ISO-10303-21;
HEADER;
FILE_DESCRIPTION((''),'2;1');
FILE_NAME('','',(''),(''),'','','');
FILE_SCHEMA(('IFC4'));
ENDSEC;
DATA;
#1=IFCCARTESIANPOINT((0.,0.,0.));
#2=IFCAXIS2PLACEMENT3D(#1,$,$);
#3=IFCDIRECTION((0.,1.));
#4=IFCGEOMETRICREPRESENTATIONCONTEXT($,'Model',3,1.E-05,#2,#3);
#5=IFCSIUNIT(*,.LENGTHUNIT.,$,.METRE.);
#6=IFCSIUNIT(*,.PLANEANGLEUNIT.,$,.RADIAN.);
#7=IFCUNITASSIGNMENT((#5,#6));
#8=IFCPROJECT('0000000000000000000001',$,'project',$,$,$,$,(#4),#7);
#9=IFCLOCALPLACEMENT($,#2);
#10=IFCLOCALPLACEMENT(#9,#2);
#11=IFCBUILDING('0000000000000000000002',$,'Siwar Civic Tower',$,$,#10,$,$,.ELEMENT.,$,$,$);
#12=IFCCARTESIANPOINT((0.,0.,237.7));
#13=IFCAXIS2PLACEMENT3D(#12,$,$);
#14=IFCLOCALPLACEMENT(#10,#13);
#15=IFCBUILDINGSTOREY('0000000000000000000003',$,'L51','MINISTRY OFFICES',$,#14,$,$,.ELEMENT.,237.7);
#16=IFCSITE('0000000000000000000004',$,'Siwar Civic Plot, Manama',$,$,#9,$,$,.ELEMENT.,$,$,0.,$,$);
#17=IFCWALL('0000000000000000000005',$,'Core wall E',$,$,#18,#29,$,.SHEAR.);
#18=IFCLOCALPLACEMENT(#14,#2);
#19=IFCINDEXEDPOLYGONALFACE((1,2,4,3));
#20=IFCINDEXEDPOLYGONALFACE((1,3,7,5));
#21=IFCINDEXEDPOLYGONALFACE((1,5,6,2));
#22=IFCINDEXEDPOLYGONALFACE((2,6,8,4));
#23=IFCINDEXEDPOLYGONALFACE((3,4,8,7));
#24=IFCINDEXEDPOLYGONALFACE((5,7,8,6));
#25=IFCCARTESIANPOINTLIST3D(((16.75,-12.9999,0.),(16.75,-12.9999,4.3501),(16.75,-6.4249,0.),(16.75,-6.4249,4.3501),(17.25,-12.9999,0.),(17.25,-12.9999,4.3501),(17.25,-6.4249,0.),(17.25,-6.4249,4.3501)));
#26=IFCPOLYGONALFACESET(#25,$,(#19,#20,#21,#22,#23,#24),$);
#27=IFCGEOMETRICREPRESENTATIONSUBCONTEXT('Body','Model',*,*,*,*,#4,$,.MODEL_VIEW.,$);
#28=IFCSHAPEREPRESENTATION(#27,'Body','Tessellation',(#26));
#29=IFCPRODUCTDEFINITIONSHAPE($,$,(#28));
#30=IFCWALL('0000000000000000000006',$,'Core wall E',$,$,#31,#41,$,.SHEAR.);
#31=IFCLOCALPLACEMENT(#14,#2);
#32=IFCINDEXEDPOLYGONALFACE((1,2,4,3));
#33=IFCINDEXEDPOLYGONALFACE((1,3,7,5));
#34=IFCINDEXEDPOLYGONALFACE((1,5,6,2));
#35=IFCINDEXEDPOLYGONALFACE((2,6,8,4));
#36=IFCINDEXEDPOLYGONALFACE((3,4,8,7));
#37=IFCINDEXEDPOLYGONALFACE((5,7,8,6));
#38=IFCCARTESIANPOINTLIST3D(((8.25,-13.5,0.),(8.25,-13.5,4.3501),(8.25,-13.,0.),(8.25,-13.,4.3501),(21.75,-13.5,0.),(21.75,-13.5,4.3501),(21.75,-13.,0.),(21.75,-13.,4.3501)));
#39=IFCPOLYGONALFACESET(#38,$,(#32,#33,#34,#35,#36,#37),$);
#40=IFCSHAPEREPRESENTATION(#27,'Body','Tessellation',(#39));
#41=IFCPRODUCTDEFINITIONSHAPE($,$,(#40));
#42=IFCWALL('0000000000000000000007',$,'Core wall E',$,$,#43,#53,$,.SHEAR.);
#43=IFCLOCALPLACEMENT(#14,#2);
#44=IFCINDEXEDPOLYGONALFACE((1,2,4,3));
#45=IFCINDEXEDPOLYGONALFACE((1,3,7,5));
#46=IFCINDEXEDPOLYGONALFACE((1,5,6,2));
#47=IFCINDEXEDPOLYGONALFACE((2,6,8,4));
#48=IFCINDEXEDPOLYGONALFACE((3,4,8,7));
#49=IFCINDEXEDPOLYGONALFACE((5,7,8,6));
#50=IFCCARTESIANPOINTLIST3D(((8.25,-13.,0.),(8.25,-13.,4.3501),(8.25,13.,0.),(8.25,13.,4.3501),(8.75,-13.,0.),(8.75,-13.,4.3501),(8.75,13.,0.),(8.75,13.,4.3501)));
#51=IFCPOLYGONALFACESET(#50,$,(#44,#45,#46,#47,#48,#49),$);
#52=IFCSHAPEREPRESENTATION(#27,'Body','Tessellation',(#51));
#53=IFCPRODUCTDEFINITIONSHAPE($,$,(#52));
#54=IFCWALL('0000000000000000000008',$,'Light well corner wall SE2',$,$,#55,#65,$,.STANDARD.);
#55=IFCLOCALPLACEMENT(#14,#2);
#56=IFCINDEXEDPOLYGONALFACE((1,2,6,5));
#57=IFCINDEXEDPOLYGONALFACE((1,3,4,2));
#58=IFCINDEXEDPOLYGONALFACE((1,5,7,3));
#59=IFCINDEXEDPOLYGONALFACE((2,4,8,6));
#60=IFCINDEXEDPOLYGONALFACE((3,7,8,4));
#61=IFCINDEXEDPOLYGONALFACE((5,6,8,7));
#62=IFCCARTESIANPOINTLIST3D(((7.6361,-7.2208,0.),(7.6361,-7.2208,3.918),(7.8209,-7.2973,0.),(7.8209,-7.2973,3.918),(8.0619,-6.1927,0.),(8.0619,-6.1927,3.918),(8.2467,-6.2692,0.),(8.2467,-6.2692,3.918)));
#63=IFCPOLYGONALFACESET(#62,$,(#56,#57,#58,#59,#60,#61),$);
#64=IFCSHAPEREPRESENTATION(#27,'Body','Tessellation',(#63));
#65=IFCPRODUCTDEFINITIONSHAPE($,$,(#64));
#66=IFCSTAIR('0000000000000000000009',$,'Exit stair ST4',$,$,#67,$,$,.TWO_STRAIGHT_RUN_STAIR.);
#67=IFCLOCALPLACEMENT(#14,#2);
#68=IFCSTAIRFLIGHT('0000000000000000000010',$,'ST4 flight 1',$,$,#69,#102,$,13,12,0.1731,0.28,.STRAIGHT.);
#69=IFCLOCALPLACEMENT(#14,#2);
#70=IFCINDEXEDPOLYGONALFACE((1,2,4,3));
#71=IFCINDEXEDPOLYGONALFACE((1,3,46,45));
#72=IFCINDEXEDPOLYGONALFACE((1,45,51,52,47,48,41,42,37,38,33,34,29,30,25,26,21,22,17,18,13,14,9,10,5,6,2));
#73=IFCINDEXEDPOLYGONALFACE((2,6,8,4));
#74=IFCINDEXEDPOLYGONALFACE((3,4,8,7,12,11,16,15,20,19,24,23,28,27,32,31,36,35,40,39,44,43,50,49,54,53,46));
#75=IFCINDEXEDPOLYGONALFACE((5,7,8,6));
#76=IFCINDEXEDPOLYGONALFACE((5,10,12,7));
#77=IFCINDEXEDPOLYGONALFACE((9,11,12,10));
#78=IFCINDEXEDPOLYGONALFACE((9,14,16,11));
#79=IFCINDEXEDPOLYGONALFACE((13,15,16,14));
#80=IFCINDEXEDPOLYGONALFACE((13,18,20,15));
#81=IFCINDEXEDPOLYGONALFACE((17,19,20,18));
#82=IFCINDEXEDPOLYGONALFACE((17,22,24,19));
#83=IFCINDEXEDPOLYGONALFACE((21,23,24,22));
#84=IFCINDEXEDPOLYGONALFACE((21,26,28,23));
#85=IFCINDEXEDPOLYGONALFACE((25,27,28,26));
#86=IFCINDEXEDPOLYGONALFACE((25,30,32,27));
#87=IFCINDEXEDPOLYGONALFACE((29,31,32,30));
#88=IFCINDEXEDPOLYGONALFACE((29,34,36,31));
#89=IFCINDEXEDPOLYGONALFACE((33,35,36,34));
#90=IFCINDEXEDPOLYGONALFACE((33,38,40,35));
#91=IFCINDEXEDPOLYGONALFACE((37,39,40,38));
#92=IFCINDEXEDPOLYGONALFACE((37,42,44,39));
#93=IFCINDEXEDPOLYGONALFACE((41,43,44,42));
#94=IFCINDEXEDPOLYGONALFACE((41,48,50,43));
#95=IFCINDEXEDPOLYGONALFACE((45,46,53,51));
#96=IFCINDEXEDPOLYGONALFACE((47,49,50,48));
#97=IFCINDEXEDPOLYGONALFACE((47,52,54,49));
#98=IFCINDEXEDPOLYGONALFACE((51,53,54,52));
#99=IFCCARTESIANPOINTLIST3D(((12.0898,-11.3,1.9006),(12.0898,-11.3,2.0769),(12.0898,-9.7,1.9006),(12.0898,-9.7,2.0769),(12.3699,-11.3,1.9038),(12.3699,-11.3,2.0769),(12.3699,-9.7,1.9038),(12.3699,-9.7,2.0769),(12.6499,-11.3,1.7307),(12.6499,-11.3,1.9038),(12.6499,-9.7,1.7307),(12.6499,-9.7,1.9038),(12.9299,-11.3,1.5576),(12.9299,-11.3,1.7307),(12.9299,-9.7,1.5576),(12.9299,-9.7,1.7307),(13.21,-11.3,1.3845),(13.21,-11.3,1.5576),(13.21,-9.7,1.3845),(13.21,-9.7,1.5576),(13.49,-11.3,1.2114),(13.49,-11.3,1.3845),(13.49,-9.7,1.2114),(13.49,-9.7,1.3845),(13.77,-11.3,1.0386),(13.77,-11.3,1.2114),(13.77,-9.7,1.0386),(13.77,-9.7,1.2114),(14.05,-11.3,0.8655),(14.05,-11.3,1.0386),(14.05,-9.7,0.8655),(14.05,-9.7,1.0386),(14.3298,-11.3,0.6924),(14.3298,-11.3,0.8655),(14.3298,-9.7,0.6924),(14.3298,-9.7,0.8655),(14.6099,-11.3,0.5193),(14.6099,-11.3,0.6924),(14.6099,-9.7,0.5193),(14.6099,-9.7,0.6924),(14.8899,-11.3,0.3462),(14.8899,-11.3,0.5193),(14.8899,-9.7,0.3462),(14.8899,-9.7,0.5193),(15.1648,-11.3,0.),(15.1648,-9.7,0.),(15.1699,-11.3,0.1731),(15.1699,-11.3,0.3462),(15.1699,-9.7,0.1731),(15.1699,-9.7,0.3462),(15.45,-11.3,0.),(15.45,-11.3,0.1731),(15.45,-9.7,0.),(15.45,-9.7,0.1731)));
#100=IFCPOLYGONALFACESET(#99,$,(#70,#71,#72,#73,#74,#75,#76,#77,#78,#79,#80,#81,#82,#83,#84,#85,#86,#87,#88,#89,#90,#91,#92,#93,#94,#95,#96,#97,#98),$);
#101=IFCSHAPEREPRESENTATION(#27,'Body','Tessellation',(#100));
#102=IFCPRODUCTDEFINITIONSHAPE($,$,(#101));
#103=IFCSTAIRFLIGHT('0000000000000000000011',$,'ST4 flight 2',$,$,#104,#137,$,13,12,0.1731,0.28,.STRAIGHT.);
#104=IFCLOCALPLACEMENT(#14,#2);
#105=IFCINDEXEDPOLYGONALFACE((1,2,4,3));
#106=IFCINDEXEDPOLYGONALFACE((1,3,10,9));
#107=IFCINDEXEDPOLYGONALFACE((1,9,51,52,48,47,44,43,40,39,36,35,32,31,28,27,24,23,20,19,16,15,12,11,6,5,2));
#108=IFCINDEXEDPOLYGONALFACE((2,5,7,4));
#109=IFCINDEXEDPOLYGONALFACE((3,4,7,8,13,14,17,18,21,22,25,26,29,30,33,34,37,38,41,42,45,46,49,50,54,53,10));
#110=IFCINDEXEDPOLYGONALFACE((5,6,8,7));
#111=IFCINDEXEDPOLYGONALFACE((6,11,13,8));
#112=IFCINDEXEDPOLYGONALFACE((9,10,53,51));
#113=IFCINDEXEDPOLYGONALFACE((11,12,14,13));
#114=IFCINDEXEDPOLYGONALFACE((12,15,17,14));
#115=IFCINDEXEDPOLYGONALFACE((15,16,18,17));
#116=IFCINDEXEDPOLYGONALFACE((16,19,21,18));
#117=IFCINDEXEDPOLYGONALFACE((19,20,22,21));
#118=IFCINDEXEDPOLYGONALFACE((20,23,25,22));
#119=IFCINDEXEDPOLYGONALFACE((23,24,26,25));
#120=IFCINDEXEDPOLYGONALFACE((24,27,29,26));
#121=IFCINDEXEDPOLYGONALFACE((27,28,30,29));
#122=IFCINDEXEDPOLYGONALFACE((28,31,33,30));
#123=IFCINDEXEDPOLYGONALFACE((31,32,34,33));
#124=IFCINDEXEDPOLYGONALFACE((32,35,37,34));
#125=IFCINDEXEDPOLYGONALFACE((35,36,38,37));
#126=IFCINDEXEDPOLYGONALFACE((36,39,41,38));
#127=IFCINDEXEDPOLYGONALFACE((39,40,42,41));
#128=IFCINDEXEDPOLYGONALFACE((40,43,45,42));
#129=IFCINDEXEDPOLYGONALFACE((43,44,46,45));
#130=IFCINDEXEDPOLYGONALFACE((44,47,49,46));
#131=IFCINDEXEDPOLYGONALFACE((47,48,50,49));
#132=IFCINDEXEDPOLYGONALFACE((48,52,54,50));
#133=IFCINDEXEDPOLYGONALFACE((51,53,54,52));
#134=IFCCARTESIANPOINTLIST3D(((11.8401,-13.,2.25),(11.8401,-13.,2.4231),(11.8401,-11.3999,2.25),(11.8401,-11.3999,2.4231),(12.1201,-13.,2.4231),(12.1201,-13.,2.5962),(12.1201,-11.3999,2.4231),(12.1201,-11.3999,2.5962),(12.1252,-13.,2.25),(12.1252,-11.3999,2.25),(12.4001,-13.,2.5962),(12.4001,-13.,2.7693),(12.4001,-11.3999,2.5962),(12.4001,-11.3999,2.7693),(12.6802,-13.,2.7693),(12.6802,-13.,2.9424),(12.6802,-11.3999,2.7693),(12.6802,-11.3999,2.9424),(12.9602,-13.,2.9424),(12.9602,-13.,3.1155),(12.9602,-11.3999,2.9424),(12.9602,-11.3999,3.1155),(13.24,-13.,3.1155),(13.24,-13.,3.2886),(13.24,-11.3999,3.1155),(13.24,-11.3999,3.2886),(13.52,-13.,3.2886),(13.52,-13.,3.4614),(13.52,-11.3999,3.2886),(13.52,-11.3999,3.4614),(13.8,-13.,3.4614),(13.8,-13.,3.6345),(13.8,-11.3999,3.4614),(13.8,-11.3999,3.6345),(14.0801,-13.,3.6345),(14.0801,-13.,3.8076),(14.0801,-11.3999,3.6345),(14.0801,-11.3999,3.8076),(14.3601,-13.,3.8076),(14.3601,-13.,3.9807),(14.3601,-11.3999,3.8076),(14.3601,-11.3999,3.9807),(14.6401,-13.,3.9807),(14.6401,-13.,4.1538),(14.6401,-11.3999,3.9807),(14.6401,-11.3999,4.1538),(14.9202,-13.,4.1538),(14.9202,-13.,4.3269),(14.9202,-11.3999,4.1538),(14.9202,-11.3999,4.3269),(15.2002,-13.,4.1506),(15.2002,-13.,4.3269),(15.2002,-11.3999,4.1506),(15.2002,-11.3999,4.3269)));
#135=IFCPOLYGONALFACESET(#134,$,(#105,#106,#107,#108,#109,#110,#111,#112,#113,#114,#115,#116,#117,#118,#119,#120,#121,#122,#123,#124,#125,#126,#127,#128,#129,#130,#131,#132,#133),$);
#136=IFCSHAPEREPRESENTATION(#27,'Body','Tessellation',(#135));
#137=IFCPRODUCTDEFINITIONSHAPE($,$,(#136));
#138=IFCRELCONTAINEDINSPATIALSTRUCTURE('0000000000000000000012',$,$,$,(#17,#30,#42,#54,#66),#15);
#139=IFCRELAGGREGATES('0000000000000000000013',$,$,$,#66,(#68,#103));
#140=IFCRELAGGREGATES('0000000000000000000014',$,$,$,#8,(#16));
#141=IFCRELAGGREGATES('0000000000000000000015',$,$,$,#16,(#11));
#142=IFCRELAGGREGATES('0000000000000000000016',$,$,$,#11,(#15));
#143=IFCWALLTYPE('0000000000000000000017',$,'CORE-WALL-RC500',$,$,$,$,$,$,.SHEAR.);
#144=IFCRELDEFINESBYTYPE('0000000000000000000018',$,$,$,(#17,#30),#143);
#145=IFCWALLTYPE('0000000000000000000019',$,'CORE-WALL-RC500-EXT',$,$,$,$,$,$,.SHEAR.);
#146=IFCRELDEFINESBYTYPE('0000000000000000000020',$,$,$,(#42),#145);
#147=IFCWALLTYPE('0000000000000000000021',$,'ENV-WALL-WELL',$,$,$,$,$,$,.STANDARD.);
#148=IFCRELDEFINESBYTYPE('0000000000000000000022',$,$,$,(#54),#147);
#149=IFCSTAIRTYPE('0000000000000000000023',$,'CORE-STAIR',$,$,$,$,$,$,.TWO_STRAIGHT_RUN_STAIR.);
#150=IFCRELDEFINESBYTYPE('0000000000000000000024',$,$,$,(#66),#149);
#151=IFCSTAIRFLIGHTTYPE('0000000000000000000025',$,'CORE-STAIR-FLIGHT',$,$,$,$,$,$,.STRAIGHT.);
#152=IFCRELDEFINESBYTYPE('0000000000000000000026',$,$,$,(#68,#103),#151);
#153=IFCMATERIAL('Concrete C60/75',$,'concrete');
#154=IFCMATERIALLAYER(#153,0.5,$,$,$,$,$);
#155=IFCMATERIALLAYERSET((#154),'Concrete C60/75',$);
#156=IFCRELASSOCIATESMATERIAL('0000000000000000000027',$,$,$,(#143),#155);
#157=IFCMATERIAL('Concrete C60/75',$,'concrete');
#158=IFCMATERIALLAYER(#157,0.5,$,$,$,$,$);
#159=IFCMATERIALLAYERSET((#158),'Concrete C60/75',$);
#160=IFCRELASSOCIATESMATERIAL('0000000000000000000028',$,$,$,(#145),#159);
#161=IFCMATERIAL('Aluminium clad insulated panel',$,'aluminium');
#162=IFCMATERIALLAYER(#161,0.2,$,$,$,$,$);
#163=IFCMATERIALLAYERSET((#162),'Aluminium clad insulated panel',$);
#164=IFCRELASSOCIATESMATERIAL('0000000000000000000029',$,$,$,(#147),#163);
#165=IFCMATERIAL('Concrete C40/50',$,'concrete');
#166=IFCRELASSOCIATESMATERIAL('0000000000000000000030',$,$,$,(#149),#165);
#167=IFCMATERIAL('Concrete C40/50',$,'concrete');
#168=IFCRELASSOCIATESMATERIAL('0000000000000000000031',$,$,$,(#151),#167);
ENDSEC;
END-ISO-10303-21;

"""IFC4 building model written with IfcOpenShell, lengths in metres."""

from ifc_helpers import new_model, si_unit, direction, frame, frame_2d, origin, place, context, subcontext, project, spatial, polyline, rectangle, outline, extrude, material, layer, layer_set, type_object, element, aggregate, save


model = new_model("IFC4")

# Units and contexts
model_context = context("Model", 3, precision=1e-05, world=origin(), true_north=direction((0.0, 1.0)))
body_context = subcontext(model_context, "Body", "Model", "MODEL_VIEW")
ifc_project = project(units=[si_unit("LENGTHUNIT", "METRE"), si_unit("PLANEANGLEUNIT", "RADIAN")], contexts=[model_context])

# Site, building, storey
site_placement = place(None, origin())
site = spatial("IfcSite", under=ifc_project, at=site_placement, Name="Siwar Civic Plot, Manama", CompositionType="ELEMENT", RefElevation=0.0)
building_placement = place(site_placement, origin())
building = spatial("IfcBuilding", under=site, at=building_placement, Name="Siwar Civic Tower", CompositionType="ELEMENT")
storey_placement = place(building_placement, frame((0.0, 0.0, 237.7)))
storey = spatial("IfcBuildingStorey", under=building, at=storey_placement, Name="L51", Description="MINISTRY OFFICES", CompositionType="ELEMENT", Elevation=237.7)

# Walls
ifc_material_1 = material(Name="Concrete C60/75", Category="concrete")
ifc_layer_1 = layer(ifc_material_1, 0.5)
ifc_layer_set_1 = layer_set([ifc_layer_1], Name="Concrete C60/75")
wall_type_1 = type_object("IfcWallType", Name="CORE-WALL-RC500", PredefinedType="SHEAR", material=ifc_layer_set_1)
wall_1_placement = place(storey_placement, frame((17.0, -13.0, 0.0), z_axis=(0.0, 0.0, 1.0), x_axis=(0.0, 1.0, 0.0)))
element("IfcWall", 1, at=wall_1_placement, inside=storey, type_object=wall_type_1, Name="Core wall E", PredefinedType="SHEAR", context=body_context, shape_type="SweptSolid", body=[
    extrude(rectangle(XDim=6.575, YDim=0.5, at=frame_2d((3.2876, 0.0))), origin(), (0.0, 0.0, 1.0), 4.3501),
])
wall_2_placement = place(storey_placement, frame((8.25, -13.25, 0.0), z_axis=(0.0, 0.0, 1.0), x_axis=(1.0, 0.0, 0.0)))
element("IfcWall", 2, at=wall_2_placement, inside=storey, type_object=wall_type_1, Name="Core wall E", PredefinedType="SHEAR", context=body_context, shape_type="SweptSolid", body=[
    extrude(rectangle(XDim=13.5, YDim=0.5, at=frame_2d((6.75, 0.0))), origin(), (0.0, 0.0, 1.0), 4.3501),
])
ifc_material_2 = material(Name="Concrete C60/75", Category="concrete")
ifc_layer_2 = layer(ifc_material_2, 0.5)
ifc_layer_set_2 = layer_set([ifc_layer_2], Name="Concrete C60/75")
wall_type_2 = type_object("IfcWallType", Name="CORE-WALL-RC500-EXT", PredefinedType="SHEAR", material=ifc_layer_set_2)
wall_3_placement = place(storey_placement, frame((8.5, -13.0, 0.0), z_axis=(0.0, 0.0, 1.0), x_axis=(0.0, 1.0, 0.0)))
element("IfcWall", 3, at=wall_3_placement, inside=storey, type_object=wall_type_2, Name="Core wall E", PredefinedType="SHEAR", context=body_context, shape_type="SweptSolid", body=[
    extrude(rectangle(XDim=26.0, YDim=0.5, at=frame_2d((13.0, 0.0))), origin(), (0.0, 0.0, 1.0), 4.3501),
])
ifc_material_3 = material(Name="Aluminium clad insulated panel", Category="aluminium")
ifc_layer_3 = layer(ifc_material_3, 0.2)
ifc_layer_set_3 = layer_set([ifc_layer_3], Name="Aluminium clad insulated panel")
wall_type_3 = type_object("IfcWallType", Name="ENV-WALL-WELL", PredefinedType="STANDARD", material=ifc_layer_set_3)
wall_4_placement = place(storey_placement, frame((7.7285, -7.259, 0.0), z_axis=(0.0, 0.0, 1.0), x_axis=(0.382636, 0.923899, 0.0)))
element("IfcWall", 4, at=wall_4_placement, inside=storey, type_object=wall_type_3, Name="Light well corner wall SE2", PredefinedType="STANDARD", context=body_context, shape_type="SweptSolid", body=[
    extrude(rectangle(XDim=1.1128, YDim=0.2, at=frame_2d((0.5564, 0.0))), origin(), (0.0, 0.0, 1.0), 3.918),
])

# Stair, stair flights
ifc_material_4 = material(Name="Concrete C40/50", Category="concrete")
stair_type = type_object("IfcStairType", Name="CORE-STAIR", PredefinedType="TWO_STRAIGHT_RUN_STAIR", material=ifc_material_4)
stair_placement = place(storey_placement, origin())
stair = element("IfcStair", 5, at=stair_placement, inside=storey, type_object=stair_type, Name="Exit stair ST4", PredefinedType="TWO_STRAIGHT_RUN_STAIR")
ifc_material_5 = material(Name="Concrete C40/50", Category="concrete")
stair_flight_type = type_object("IfcStairFlightType", Name="CORE-STAIR-FLIGHT", PredefinedType="STRAIGHT", material=ifc_material_5)
stair_flight_1_placement = place(storey_placement, frame((15.45, -10.5, 0.0), z_axis=(0.0, 0.0, 1.0), x_axis=(-1.0, 0.0, 0.0)))
stair_flight_1 = element("IfcStairFlight", 6, at=stair_flight_1_placement, type_object=stair_flight_type, Name="ST4 flight 1", NumberOfRisers=13, NumberOfTreads=12, PredefinedType="STRAIGHT", RiserHeight=0.1731, TreadLength=0.28, context=body_context, shape_type="SweptSolid", body=[
    extrude(outline(polyline([(0.0, 0.0), (0.0, 0.1731), (0.28, 0.1731), (0.28, 0.3462), (0.5601, 0.3462), (0.5601, 0.5193), (0.8401, 0.5193), (0.8401, 0.6924), (1.1201, 0.6924), (1.1201, 0.8655), (1.3999, 0.8655), (1.3999, 1.0386), (1.6799, 1.0386), (1.6799, 1.2114), (1.96, 1.2114), (1.96, 1.3845), (2.24, 1.3845), (2.24, 1.5576), (2.52, 1.5576), (2.52, 1.7307), (2.8, 1.7307), (2.8, 1.9038), (3.0801, 1.9038), (3.0801, 2.0769), (3.3601, 2.0769), (3.3601, 2.25), (3.3601, 1.9006), (0.2852, 0.0), (0.0, 0.0)])), frame((0.0, 0.8, 0.0), z_axis=(0.0, -1.0, 0.0), x_axis=(1.0, 0.0, 0.0)), (0.0, 0.0, 1.0), 1.6001),
])
stair_flight_2_placement = place(storey_placement, frame((11.8401, -12.2, 2.25), z_axis=(0.0, 0.0, 1.0), x_axis=(1.0, 0.0, 0.0)))
stair_flight_2 = element("IfcStairFlight", 7, at=stair_flight_2_placement, type_object=stair_flight_type, Name="ST4 flight 2", NumberOfRisers=13, NumberOfTreads=12, PredefinedType="STRAIGHT", RiserHeight=0.1731, TreadLength=0.28, context=body_context, shape_type="SweptSolid", body=[
    extrude(outline(polyline([(0.0, 0.0), (0.0, 0.1731), (0.28, 0.1731), (0.28, 0.3462), (0.5601, 0.3462), (0.5601, 0.5193), (0.8401, 0.5193), (0.8401, 0.6924), (1.1201, 0.6924), (1.1201, 0.8655), (1.3999, 0.8655), (1.3999, 1.0386), (1.6799, 1.0386), (1.6799, 1.2114), (1.96, 1.2114), (1.96, 1.3845), (2.24, 1.3845), (2.24, 1.5576), (2.52, 1.5576), (2.52, 1.7307), (2.8, 1.7307), (2.8, 1.9038), (3.0801, 1.9038), (3.0801, 2.0769), (3.3601, 2.0769), (3.3601, 2.25), (3.3601, 1.9006), (0.2852, 0.0), (0.0, 0.0)])), frame((0.0, 0.8, 0.0), z_axis=(0.0, -1.0, 0.0), x_axis=(1.0, 0.0, 0.0)), (0.0, 0.0, 1.0), 1.6001),
])
aggregate(stair, [stair_flight_1, stair_flight_2])

save(model, "model.ifc")
